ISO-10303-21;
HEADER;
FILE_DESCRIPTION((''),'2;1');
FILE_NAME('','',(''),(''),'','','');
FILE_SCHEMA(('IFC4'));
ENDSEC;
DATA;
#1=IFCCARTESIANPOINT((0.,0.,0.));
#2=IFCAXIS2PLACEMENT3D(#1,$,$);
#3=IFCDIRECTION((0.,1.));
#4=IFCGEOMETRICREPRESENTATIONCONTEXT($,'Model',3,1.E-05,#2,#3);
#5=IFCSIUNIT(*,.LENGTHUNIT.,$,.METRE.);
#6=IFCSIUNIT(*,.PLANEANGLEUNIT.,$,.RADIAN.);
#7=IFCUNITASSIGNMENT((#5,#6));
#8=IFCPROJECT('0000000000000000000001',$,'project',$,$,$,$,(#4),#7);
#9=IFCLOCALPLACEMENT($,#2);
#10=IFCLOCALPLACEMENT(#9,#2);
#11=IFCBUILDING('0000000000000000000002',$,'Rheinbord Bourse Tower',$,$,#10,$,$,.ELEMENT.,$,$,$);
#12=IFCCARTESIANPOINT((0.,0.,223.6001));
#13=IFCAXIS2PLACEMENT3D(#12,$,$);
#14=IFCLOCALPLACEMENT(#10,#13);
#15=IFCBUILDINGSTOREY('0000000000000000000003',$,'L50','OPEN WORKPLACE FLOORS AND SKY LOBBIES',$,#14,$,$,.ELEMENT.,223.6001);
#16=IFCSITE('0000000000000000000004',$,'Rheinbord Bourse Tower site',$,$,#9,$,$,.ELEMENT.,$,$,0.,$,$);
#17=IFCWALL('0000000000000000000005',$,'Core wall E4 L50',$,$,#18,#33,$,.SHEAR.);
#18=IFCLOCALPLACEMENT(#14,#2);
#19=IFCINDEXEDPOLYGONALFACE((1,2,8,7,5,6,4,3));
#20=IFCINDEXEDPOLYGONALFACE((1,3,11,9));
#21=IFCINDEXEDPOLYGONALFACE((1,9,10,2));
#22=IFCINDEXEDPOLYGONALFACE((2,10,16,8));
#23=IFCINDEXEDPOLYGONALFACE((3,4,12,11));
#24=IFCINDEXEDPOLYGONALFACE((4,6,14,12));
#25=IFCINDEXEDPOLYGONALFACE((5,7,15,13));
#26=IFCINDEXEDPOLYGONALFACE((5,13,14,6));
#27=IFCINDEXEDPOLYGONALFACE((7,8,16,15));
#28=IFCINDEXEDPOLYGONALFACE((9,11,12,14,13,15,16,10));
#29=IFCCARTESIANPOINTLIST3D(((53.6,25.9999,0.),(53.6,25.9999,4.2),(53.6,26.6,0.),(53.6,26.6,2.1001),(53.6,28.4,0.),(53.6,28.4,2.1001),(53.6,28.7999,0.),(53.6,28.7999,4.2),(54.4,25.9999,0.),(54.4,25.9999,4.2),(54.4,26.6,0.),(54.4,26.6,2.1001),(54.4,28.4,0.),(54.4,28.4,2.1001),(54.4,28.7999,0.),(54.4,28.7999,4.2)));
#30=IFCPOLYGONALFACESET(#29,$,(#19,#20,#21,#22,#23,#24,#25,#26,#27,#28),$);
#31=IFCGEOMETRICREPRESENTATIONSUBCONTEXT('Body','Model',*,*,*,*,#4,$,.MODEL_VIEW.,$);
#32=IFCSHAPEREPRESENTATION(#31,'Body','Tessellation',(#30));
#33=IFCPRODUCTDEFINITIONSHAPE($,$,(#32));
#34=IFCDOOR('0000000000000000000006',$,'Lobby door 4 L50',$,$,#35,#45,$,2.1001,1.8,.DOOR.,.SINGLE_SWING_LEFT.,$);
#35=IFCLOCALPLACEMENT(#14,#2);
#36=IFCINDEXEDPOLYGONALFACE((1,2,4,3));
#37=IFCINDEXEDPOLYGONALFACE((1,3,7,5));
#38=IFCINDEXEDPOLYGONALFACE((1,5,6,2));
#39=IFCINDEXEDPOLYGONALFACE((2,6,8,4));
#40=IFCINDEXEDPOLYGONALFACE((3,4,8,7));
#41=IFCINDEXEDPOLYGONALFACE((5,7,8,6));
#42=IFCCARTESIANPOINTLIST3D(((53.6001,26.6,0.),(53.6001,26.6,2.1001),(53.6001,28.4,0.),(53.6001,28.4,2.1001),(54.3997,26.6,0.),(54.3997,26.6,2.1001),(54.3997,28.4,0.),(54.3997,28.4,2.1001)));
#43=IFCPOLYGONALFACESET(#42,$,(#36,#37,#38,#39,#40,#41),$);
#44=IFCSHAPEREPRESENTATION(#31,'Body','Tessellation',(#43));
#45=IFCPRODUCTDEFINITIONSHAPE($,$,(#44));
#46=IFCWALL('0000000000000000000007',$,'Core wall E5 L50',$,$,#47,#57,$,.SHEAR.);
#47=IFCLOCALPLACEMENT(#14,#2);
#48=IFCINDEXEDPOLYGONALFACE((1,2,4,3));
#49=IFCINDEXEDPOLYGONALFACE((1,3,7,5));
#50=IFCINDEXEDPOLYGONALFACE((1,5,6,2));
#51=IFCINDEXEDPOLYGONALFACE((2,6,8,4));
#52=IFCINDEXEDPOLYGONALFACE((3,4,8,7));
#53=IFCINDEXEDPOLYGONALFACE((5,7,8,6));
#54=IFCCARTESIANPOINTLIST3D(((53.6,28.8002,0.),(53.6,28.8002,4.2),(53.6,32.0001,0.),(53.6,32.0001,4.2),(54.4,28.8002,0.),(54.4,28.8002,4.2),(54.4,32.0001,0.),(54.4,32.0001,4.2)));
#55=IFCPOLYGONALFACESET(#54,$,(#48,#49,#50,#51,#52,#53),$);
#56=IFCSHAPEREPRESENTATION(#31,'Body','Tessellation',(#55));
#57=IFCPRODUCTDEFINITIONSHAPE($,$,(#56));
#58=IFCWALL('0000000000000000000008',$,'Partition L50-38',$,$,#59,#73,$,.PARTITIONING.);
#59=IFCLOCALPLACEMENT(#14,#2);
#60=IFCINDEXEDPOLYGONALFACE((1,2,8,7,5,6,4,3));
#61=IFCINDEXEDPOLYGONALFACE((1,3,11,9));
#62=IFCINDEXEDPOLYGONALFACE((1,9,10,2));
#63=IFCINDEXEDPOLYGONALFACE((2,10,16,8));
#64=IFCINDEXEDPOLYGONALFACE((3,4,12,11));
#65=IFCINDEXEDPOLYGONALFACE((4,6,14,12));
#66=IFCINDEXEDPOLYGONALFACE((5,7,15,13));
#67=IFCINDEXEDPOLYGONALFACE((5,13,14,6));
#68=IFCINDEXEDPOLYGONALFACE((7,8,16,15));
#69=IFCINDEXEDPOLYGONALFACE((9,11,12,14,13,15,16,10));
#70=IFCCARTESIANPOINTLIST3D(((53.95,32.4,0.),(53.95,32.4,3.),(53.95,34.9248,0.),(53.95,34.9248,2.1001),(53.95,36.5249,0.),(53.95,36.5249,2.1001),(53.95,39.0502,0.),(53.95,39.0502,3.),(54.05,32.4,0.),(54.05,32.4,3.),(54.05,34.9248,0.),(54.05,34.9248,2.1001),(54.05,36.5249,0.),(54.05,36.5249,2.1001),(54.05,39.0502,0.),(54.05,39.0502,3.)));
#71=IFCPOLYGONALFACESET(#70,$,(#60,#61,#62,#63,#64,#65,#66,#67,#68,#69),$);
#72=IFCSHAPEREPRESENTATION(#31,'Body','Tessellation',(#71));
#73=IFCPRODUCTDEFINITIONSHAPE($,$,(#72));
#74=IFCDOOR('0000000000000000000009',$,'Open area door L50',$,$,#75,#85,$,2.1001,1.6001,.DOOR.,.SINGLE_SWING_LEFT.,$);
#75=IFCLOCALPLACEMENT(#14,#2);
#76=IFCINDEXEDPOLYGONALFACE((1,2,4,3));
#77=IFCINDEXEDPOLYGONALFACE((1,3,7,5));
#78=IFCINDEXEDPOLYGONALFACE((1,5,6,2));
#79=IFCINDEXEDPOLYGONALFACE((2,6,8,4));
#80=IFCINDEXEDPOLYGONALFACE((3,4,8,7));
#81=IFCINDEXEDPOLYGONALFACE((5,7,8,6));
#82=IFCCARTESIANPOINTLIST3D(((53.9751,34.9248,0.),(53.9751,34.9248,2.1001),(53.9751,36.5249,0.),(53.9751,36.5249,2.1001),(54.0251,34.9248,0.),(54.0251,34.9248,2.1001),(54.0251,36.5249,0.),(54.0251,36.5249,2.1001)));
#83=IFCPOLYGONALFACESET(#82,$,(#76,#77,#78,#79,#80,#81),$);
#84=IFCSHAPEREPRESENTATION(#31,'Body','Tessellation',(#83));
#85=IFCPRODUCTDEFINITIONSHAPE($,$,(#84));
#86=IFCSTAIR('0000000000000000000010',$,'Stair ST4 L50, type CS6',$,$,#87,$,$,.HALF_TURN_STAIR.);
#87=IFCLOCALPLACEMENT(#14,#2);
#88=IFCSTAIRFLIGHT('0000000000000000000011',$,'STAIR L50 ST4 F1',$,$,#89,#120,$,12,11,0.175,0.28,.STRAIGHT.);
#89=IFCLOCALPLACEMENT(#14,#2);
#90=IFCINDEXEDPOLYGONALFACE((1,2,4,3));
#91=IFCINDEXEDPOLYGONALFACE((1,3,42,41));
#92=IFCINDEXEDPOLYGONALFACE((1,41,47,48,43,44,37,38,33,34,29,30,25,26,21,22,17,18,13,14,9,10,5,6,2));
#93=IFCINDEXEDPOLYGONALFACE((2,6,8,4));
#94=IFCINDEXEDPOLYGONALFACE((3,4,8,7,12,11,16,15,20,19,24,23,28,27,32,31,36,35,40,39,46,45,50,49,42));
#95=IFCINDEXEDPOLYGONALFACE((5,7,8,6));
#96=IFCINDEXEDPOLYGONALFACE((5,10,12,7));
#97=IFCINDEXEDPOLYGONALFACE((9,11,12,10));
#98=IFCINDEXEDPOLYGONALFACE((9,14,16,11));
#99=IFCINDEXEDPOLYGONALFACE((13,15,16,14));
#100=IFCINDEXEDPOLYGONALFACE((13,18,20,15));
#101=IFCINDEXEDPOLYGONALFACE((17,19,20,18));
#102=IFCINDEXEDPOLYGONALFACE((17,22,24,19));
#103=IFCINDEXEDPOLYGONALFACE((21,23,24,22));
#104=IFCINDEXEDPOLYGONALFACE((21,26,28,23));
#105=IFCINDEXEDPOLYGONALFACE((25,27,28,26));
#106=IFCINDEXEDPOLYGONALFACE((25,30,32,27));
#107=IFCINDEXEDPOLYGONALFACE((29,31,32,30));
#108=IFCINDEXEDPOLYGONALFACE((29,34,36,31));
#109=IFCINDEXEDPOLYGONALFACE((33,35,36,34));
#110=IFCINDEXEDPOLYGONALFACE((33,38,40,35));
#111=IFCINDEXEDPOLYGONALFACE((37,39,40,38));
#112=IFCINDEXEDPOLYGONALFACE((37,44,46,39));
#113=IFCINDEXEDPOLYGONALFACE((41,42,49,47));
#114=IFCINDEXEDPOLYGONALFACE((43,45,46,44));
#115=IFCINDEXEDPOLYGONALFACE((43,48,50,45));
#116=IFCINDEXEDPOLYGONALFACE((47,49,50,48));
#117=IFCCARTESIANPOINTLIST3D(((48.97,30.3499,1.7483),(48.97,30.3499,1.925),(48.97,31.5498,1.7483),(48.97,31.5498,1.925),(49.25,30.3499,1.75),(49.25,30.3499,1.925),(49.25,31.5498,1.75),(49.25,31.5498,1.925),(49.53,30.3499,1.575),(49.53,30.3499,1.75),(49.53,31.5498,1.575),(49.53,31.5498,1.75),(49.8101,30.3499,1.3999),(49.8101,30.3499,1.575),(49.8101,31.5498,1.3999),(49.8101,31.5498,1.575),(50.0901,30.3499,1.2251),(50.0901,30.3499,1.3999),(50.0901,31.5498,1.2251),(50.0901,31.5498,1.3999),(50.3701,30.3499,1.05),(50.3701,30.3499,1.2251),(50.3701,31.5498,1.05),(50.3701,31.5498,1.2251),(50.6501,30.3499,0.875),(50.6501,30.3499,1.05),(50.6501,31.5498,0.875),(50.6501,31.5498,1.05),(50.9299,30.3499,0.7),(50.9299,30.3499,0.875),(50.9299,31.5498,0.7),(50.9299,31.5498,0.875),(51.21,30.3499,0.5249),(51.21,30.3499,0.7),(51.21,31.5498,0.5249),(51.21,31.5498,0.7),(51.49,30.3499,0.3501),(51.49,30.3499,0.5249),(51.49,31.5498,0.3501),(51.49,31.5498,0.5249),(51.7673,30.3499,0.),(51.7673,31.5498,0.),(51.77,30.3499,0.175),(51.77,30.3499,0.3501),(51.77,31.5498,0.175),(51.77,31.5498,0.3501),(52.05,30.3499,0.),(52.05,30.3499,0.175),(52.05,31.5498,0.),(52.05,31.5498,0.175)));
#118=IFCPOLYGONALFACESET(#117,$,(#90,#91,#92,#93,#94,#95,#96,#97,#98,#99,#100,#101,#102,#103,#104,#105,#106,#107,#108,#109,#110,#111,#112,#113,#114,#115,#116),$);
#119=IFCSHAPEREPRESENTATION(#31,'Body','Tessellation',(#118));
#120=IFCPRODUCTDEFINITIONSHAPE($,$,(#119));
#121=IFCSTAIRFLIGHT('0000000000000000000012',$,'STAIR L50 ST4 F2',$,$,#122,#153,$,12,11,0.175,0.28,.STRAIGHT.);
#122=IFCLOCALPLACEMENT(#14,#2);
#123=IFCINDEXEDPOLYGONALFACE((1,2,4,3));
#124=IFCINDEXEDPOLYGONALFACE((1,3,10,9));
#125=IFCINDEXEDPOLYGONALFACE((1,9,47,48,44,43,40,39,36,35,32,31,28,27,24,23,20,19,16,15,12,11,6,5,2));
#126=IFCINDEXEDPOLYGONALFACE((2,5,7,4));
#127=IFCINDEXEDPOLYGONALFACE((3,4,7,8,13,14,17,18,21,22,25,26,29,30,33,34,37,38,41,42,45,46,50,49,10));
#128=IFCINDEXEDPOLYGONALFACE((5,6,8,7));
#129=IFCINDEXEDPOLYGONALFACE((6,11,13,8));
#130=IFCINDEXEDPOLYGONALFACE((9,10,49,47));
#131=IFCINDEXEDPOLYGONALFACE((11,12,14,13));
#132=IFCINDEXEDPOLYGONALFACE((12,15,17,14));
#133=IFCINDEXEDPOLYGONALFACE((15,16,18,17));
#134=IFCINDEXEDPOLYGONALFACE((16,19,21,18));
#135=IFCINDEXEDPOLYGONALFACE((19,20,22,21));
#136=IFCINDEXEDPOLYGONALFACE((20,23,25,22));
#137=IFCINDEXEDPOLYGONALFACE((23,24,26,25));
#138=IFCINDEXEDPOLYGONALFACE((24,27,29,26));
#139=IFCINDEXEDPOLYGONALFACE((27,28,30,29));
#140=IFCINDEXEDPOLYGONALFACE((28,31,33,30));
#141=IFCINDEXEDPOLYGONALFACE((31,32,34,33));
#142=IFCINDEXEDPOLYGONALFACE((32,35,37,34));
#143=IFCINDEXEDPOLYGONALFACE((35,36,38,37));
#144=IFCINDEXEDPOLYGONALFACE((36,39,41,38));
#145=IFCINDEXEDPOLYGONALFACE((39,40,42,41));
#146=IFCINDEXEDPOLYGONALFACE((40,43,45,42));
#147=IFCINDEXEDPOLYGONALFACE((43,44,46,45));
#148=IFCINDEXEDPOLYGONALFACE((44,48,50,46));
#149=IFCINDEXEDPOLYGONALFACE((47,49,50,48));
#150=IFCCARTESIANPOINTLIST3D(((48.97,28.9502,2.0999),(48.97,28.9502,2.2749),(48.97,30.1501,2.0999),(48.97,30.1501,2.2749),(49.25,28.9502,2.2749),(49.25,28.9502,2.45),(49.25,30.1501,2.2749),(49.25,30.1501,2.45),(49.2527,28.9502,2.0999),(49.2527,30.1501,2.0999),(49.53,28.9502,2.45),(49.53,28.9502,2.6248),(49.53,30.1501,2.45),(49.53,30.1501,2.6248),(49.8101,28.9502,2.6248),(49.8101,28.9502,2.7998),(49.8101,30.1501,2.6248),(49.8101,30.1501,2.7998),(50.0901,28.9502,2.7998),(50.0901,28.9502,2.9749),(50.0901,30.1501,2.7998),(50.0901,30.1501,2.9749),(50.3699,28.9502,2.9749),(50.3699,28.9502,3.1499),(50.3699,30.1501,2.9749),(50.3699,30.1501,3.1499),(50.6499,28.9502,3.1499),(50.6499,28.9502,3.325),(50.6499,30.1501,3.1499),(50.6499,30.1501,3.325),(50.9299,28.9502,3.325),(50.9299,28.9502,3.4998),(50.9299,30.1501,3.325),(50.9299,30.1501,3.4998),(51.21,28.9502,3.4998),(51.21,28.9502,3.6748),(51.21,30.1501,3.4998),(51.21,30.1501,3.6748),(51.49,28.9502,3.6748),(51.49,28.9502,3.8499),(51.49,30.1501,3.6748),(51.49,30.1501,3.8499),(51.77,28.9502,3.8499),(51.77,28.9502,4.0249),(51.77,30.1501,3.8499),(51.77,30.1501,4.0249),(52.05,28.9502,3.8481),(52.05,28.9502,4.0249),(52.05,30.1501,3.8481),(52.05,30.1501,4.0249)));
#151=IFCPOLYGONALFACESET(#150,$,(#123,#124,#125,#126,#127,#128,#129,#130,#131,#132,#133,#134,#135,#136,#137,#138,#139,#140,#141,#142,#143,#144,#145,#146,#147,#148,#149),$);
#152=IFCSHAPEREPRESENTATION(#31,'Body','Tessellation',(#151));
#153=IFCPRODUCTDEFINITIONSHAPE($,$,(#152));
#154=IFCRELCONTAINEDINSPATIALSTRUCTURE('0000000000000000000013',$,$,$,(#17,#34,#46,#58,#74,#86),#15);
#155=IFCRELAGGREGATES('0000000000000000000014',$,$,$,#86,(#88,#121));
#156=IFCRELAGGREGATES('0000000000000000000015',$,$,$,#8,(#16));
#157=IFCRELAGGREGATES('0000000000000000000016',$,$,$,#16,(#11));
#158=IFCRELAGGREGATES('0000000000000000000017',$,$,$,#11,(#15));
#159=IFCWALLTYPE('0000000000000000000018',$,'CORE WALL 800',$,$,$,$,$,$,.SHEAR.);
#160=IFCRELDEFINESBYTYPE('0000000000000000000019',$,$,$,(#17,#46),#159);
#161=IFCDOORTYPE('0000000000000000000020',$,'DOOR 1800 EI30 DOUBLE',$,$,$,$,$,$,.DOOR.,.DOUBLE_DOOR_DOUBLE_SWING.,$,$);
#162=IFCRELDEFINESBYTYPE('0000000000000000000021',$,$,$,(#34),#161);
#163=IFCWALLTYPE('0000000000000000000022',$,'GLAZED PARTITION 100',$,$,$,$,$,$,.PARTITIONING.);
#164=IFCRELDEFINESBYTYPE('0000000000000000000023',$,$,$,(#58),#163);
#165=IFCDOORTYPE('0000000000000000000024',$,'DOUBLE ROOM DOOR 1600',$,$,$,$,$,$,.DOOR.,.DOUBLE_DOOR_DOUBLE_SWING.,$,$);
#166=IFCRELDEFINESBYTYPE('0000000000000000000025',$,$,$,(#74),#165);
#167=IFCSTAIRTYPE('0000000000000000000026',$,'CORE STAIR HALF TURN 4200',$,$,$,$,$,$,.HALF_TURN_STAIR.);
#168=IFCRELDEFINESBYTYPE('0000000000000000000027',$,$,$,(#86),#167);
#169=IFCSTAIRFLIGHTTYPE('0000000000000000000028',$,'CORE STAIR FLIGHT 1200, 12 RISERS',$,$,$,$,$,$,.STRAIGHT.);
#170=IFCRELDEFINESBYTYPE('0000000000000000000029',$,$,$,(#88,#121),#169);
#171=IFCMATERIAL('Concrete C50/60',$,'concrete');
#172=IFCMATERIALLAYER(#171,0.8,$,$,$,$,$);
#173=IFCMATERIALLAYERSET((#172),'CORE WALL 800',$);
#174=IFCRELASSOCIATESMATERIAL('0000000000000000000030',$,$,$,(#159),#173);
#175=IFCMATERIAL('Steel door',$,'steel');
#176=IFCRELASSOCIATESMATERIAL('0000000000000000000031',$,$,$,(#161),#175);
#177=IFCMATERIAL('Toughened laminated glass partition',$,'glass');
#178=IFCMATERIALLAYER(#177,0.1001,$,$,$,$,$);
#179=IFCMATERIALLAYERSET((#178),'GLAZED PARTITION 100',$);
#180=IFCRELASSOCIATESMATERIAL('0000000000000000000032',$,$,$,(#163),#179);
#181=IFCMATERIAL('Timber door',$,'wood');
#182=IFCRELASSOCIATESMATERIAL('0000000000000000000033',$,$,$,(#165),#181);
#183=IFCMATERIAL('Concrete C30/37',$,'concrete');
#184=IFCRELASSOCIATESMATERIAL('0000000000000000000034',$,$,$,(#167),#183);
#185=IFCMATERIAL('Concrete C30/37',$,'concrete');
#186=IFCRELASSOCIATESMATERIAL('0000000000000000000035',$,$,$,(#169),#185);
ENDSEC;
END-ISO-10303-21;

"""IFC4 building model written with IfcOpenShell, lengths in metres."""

from ifc_helpers import new_model, si_unit, direction, frame, frame_2d, origin, place, context, subcontext, project, spatial, polyline, rectangle, outline, extrude, material, layer, layer_set, type_object, element, fill, aggregate, save


model = new_model("IFC4")

# Units and contexts
model_context = context("Model", 3, precision=1e-05, world=origin(), true_north=direction((0.0, 1.0)))
body_context = subcontext(model_context, "Body", "Model", "MODEL_VIEW")
ifc_project = project(units=[si_unit("LENGTHUNIT", "METRE"), si_unit("PLANEANGLEUNIT", "RADIAN")], contexts=[model_context])

# Site, building, storey
site_placement = place(None, origin())
site = spatial("IfcSite", under=ifc_project, at=site_placement, Name="Rheinbord Bourse Tower site", CompositionType="ELEMENT", RefElevation=0.0)
building_placement = place(site_placement, origin())
building = spatial("IfcBuilding", under=site, at=building_placement, Name="Rheinbord Bourse Tower", CompositionType="ELEMENT")
storey_placement = place(building_placement, frame((0.0, 0.0, 223.6001)))
storey = spatial("IfcBuildingStorey", under=building, at=storey_placement, Name="L50", Description="OPEN WORKPLACE FLOORS AND SKY LOBBIES", CompositionType="ELEMENT", Elevation=223.6001)

# Shared definitions
ifc_material_1 = material(Name="Concrete C50/60", Category="concrete")
ifc_layer_1 = layer(ifc_material_1, 0.8)
ifc_layer_set_1 = layer_set([ifc_layer_1], Name="CORE WALL 800")
wall_type_1 = type_object("IfcWallType", Name="CORE WALL 800", PredefinedType="SHEAR", material=ifc_layer_set_1)

# Wall, opening, door
wall_1_placement = place(storey_placement, frame((54.0, 26.0, 0.0), z_axis=(0.0, 0.0, 1.0), x_axis=(0.0, 1.0, 0.0)))
wall_1 = element("IfcWall", 1, at=wall_1_placement, inside=storey, type_object=wall_type_1, Name="Core wall E4 L50", PredefinedType="SHEAR", context=body_context, shape_type="SweptSolid", body=[
    extrude(rectangle(XDim=2.8, YDim=0.8, at=frame_2d((1.3999, 0.0))), origin(), (0.0, 0.0, 1.0), 4.2),
])
opening_1_placement = place(wall_1_placement, frame((0.6001, 0.0, 0.0)))
opening_1 = element("IfcOpeningElement", 2, at=opening_1_placement, cuts=wall_1, PredefinedType="OPENING", context=body_context, shape_type="SweptSolid", body=[
    extrude(rectangle(XDim=1.8, YDim=2.1001, at=frame_2d((0.8999, 1.05))), frame((0.0, 0.4099, 0.0), z_axis=(0.0, -1.0, 0.0), x_axis=(1.0, 0.0, 0.0)), (0.0, 0.0, 1.0), 0.8201),
])
ifc_material_2 = material(Name="Steel door", Category="steel")
door_type_1 = type_object("IfcDoorType", Name="DOOR 1800 EI30 DOUBLE", OperationType="DOUBLE_DOOR_DOUBLE_SWING", PredefinedType="DOOR", material=ifc_material_2)
door_1_placement = place(opening_1_placement, origin())
door_1 = element("IfcDoor", 3, at=door_1_placement, inside=storey, type_object=door_type_1, Name="Lobby door 4 L50", OperationType="SINGLE_SWING_LEFT", OverallHeight=2.1001, OverallWidth=1.8, PredefinedType="DOOR", context=body_context, shape_type="SweptSolid", body=[
    extrude(rectangle(XDim=1.8, YDim=2.1001, at=frame_2d((0.8999, 1.05))), frame((0.0, 0.3999, 0.0), z_axis=(0.0, -1.0, 0.0), x_axis=(1.0, 0.0, 0.0)), (0.0, 0.0, 1.0), 0.7996),
])
fill(opening_1, door_1)

# Wall
wall_2_placement = place(storey_placement, frame((54.0, 28.8, 0.0), z_axis=(0.0, 0.0, 1.0), x_axis=(0.0, 1.0, 0.0)))
element("IfcWall", 4, at=wall_2_placement, inside=storey, type_object=wall_type_1, Name="Core wall E5 L50", PredefinedType="SHEAR", context=body_context, shape_type="SweptSolid", body=[
    extrude(rectangle(XDim=3.2, YDim=0.8, at=frame_2d((1.6001, 0.0))), origin(), (0.0, 0.0, 1.0), 4.2),
])

# Wall, opening, door
ifc_material_3 = material(Name="Toughened laminated glass partition", Category="glass")
ifc_layer_2 = layer(ifc_material_3, 0.1001)
ifc_layer_set_2 = layer_set([ifc_layer_2], Name="GLAZED PARTITION 100")
wall_type_2 = type_object("IfcWallType", Name="GLAZED PARTITION 100", PredefinedType="PARTITIONING", material=ifc_layer_set_2)
wall_3_placement = place(storey_placement, frame((54.0, 32.3999, 0.0), z_axis=(0.0, 0.0, 1.0), x_axis=(0.0, 1.0, 0.0)))
wall_3 = element("IfcWall", 5, at=wall_3_placement, inside=storey, type_object=wall_type_2, Name="Partition L50-38", PredefinedType="PARTITIONING", context=body_context, shape_type="SweptSolid", body=[
    extrude(rectangle(XDim=6.6501, YDim=0.1001, at=frame_2d((3.3252, 0.0))), origin(), (0.0, 0.0, 1.0), 3.0),
])
opening_2_placement = place(wall_3_placement, frame((2.5249, 0.0, 0.0)))
opening_2 = element("IfcOpeningElement", 6, at=opening_2_placement, cuts=wall_3, PredefinedType="OPENING", context=body_context, shape_type="SweptSolid", body=[
    extrude(rectangle(XDim=1.6001, YDim=2.1001, at=frame_2d((0.8, 1.05))), frame((0.0, 0.0601, 0.0), z_axis=(0.0, -1.0, 0.0), x_axis=(1.0, 0.0, 0.0)), (0.0, 0.0, 1.0), 0.1201),
])
ifc_material_4 = material(Name="Timber door", Category="wood")
door_type_2 = type_object("IfcDoorType", Name="DOUBLE ROOM DOOR 1600", OperationType="DOUBLE_DOOR_DOUBLE_SWING", PredefinedType="DOOR", material=ifc_material_4)
door_2_placement = place(opening_2_placement, origin())
door_2 = element("IfcDoor", 7, at=door_2_placement, inside=storey, type_object=door_type_2, Name="Open area door L50", OperationType="SINGLE_SWING_LEFT", OverallHeight=2.1001, OverallWidth=1.6001, PredefinedType="DOOR", context=body_context, shape_type="SweptSolid", body=[
    extrude(rectangle(XDim=1.6001, YDim=2.1001, at=frame_2d((0.8, 1.05))), frame((0.0, 0.0249, 0.0), z_axis=(0.0, -1.0, 0.0), x_axis=(1.0, 0.0, 0.0)), (0.0, 0.0, 1.0), 0.05),
])
fill(opening_2, door_2)

# Stair, stair flights
ifc_material_5 = material(Name="Concrete C30/37", Category="concrete")
stair_type = type_object("IfcStairType", Name="CORE STAIR HALF TURN 4200", PredefinedType="HALF_TURN_STAIR", material=ifc_material_5)
stair_placement = place(storey_placement, origin())
stair = element("IfcStair", 8, at=stair_placement, inside=storey, type_object=stair_type, Name="Stair ST4 L50, type CS6", PredefinedType="HALF_TURN_STAIR")
ifc_material_6 = material(Name="Concrete C30/37", Category="concrete")
stair_flight_type = type_object("IfcStairFlightType", Name="CORE STAIR FLIGHT 1200, 12 RISERS", PredefinedType="STRAIGHT", material=ifc_material_6)
stair_flight_1_placement = place(storey_placement, frame((52.05, 30.95, 0.0), z_axis=(0.0, 0.0, 1.0), x_axis=(-1.0, 0.0, 0.0)))
stair_flight_1 = element("IfcStairFlight", 9, at=stair_flight_1_placement, type_object=stair_flight_type, Name="STAIR L50 ST4 F1", NumberOfRisers=12, NumberOfTreads=11, PredefinedType="STRAIGHT", RiserHeight=0.175, TreadLength=0.28, context=body_context, shape_type="SweptSolid", body=[
    extrude(outline(polyline([(0.0, 0.0), (0.0, 0.175), (0.28, 0.175), (0.28, 0.3501), (0.5601, 0.3501), (0.5601, 0.5249), (0.8401, 0.5249), (0.8401, 0.7), (1.1201, 0.7), (1.1201, 0.875), (1.3999, 0.875), (1.3999, 1.05), (1.6799, 1.05), (1.6799, 1.2251), (1.96, 1.2251), (1.96, 1.3999), (2.24, 1.3999), (2.24, 1.575), (2.52, 1.575), (2.52, 1.75), (2.8, 1.75), (2.8, 1.925), (3.0801, 1.925), (3.0801, 2.1001), (3.0801, 1.7483), (0.2827, 0.0), (0.0, 0.0)])), frame((0.0, 0.6001, 0.0), z_axis=(0.0, -1.0, 0.0), x_axis=(1.0, 0.0, 0.0)), (0.0, 0.0, 1.0), 1.2),
])
stair_flight_2_placement = place(storey_placement, frame((48.97, 29.55, 2.0999), z_axis=(0.0, 0.0, 1.0), x_axis=(1.0, 0.0, 0.0)))
stair_flight_2 = element("IfcStairFlight", 10, at=stair_flight_2_placement, type_object=stair_flight_type, Name="STAIR L50 ST4 F2", NumberOfRisers=12, NumberOfTreads=11, PredefinedType="STRAIGHT", RiserHeight=0.175, TreadLength=0.28, context=body_context, shape_type="SweptSolid", body=[
    extrude(outline(polyline([(0.0, 0.0), (0.0, 0.175), (0.28, 0.175), (0.28, 0.3501), (0.5601, 0.3501), (0.5601, 0.5249), (0.8401, 0.5249), (0.8401, 0.7), (1.1201, 0.7), (1.1201, 0.875), (1.3999, 0.875), (1.3999, 1.05), (1.6799, 1.05), (1.6799, 1.2251), (1.96, 1.2251), (1.96, 1.3999), (2.24, 1.3999), (2.24, 1.575), (2.52, 1.575), (2.52, 1.75), (2.8, 1.75), (2.8, 1.925), (3.0801, 1.925), (3.0801, 2.1001), (3.0801, 1.7483), (0.2827, 0.0), (0.0, 0.0)])), frame((0.0, 0.6001, 0.0), z_axis=(0.0, -1.0, 0.0), x_axis=(1.0, 0.0, 0.0)), (0.0, 0.0, 1.0), 1.2),
])
aggregate(stair, [stair_flight_1, stair_flight_2])

save(model, "model.ifc")
